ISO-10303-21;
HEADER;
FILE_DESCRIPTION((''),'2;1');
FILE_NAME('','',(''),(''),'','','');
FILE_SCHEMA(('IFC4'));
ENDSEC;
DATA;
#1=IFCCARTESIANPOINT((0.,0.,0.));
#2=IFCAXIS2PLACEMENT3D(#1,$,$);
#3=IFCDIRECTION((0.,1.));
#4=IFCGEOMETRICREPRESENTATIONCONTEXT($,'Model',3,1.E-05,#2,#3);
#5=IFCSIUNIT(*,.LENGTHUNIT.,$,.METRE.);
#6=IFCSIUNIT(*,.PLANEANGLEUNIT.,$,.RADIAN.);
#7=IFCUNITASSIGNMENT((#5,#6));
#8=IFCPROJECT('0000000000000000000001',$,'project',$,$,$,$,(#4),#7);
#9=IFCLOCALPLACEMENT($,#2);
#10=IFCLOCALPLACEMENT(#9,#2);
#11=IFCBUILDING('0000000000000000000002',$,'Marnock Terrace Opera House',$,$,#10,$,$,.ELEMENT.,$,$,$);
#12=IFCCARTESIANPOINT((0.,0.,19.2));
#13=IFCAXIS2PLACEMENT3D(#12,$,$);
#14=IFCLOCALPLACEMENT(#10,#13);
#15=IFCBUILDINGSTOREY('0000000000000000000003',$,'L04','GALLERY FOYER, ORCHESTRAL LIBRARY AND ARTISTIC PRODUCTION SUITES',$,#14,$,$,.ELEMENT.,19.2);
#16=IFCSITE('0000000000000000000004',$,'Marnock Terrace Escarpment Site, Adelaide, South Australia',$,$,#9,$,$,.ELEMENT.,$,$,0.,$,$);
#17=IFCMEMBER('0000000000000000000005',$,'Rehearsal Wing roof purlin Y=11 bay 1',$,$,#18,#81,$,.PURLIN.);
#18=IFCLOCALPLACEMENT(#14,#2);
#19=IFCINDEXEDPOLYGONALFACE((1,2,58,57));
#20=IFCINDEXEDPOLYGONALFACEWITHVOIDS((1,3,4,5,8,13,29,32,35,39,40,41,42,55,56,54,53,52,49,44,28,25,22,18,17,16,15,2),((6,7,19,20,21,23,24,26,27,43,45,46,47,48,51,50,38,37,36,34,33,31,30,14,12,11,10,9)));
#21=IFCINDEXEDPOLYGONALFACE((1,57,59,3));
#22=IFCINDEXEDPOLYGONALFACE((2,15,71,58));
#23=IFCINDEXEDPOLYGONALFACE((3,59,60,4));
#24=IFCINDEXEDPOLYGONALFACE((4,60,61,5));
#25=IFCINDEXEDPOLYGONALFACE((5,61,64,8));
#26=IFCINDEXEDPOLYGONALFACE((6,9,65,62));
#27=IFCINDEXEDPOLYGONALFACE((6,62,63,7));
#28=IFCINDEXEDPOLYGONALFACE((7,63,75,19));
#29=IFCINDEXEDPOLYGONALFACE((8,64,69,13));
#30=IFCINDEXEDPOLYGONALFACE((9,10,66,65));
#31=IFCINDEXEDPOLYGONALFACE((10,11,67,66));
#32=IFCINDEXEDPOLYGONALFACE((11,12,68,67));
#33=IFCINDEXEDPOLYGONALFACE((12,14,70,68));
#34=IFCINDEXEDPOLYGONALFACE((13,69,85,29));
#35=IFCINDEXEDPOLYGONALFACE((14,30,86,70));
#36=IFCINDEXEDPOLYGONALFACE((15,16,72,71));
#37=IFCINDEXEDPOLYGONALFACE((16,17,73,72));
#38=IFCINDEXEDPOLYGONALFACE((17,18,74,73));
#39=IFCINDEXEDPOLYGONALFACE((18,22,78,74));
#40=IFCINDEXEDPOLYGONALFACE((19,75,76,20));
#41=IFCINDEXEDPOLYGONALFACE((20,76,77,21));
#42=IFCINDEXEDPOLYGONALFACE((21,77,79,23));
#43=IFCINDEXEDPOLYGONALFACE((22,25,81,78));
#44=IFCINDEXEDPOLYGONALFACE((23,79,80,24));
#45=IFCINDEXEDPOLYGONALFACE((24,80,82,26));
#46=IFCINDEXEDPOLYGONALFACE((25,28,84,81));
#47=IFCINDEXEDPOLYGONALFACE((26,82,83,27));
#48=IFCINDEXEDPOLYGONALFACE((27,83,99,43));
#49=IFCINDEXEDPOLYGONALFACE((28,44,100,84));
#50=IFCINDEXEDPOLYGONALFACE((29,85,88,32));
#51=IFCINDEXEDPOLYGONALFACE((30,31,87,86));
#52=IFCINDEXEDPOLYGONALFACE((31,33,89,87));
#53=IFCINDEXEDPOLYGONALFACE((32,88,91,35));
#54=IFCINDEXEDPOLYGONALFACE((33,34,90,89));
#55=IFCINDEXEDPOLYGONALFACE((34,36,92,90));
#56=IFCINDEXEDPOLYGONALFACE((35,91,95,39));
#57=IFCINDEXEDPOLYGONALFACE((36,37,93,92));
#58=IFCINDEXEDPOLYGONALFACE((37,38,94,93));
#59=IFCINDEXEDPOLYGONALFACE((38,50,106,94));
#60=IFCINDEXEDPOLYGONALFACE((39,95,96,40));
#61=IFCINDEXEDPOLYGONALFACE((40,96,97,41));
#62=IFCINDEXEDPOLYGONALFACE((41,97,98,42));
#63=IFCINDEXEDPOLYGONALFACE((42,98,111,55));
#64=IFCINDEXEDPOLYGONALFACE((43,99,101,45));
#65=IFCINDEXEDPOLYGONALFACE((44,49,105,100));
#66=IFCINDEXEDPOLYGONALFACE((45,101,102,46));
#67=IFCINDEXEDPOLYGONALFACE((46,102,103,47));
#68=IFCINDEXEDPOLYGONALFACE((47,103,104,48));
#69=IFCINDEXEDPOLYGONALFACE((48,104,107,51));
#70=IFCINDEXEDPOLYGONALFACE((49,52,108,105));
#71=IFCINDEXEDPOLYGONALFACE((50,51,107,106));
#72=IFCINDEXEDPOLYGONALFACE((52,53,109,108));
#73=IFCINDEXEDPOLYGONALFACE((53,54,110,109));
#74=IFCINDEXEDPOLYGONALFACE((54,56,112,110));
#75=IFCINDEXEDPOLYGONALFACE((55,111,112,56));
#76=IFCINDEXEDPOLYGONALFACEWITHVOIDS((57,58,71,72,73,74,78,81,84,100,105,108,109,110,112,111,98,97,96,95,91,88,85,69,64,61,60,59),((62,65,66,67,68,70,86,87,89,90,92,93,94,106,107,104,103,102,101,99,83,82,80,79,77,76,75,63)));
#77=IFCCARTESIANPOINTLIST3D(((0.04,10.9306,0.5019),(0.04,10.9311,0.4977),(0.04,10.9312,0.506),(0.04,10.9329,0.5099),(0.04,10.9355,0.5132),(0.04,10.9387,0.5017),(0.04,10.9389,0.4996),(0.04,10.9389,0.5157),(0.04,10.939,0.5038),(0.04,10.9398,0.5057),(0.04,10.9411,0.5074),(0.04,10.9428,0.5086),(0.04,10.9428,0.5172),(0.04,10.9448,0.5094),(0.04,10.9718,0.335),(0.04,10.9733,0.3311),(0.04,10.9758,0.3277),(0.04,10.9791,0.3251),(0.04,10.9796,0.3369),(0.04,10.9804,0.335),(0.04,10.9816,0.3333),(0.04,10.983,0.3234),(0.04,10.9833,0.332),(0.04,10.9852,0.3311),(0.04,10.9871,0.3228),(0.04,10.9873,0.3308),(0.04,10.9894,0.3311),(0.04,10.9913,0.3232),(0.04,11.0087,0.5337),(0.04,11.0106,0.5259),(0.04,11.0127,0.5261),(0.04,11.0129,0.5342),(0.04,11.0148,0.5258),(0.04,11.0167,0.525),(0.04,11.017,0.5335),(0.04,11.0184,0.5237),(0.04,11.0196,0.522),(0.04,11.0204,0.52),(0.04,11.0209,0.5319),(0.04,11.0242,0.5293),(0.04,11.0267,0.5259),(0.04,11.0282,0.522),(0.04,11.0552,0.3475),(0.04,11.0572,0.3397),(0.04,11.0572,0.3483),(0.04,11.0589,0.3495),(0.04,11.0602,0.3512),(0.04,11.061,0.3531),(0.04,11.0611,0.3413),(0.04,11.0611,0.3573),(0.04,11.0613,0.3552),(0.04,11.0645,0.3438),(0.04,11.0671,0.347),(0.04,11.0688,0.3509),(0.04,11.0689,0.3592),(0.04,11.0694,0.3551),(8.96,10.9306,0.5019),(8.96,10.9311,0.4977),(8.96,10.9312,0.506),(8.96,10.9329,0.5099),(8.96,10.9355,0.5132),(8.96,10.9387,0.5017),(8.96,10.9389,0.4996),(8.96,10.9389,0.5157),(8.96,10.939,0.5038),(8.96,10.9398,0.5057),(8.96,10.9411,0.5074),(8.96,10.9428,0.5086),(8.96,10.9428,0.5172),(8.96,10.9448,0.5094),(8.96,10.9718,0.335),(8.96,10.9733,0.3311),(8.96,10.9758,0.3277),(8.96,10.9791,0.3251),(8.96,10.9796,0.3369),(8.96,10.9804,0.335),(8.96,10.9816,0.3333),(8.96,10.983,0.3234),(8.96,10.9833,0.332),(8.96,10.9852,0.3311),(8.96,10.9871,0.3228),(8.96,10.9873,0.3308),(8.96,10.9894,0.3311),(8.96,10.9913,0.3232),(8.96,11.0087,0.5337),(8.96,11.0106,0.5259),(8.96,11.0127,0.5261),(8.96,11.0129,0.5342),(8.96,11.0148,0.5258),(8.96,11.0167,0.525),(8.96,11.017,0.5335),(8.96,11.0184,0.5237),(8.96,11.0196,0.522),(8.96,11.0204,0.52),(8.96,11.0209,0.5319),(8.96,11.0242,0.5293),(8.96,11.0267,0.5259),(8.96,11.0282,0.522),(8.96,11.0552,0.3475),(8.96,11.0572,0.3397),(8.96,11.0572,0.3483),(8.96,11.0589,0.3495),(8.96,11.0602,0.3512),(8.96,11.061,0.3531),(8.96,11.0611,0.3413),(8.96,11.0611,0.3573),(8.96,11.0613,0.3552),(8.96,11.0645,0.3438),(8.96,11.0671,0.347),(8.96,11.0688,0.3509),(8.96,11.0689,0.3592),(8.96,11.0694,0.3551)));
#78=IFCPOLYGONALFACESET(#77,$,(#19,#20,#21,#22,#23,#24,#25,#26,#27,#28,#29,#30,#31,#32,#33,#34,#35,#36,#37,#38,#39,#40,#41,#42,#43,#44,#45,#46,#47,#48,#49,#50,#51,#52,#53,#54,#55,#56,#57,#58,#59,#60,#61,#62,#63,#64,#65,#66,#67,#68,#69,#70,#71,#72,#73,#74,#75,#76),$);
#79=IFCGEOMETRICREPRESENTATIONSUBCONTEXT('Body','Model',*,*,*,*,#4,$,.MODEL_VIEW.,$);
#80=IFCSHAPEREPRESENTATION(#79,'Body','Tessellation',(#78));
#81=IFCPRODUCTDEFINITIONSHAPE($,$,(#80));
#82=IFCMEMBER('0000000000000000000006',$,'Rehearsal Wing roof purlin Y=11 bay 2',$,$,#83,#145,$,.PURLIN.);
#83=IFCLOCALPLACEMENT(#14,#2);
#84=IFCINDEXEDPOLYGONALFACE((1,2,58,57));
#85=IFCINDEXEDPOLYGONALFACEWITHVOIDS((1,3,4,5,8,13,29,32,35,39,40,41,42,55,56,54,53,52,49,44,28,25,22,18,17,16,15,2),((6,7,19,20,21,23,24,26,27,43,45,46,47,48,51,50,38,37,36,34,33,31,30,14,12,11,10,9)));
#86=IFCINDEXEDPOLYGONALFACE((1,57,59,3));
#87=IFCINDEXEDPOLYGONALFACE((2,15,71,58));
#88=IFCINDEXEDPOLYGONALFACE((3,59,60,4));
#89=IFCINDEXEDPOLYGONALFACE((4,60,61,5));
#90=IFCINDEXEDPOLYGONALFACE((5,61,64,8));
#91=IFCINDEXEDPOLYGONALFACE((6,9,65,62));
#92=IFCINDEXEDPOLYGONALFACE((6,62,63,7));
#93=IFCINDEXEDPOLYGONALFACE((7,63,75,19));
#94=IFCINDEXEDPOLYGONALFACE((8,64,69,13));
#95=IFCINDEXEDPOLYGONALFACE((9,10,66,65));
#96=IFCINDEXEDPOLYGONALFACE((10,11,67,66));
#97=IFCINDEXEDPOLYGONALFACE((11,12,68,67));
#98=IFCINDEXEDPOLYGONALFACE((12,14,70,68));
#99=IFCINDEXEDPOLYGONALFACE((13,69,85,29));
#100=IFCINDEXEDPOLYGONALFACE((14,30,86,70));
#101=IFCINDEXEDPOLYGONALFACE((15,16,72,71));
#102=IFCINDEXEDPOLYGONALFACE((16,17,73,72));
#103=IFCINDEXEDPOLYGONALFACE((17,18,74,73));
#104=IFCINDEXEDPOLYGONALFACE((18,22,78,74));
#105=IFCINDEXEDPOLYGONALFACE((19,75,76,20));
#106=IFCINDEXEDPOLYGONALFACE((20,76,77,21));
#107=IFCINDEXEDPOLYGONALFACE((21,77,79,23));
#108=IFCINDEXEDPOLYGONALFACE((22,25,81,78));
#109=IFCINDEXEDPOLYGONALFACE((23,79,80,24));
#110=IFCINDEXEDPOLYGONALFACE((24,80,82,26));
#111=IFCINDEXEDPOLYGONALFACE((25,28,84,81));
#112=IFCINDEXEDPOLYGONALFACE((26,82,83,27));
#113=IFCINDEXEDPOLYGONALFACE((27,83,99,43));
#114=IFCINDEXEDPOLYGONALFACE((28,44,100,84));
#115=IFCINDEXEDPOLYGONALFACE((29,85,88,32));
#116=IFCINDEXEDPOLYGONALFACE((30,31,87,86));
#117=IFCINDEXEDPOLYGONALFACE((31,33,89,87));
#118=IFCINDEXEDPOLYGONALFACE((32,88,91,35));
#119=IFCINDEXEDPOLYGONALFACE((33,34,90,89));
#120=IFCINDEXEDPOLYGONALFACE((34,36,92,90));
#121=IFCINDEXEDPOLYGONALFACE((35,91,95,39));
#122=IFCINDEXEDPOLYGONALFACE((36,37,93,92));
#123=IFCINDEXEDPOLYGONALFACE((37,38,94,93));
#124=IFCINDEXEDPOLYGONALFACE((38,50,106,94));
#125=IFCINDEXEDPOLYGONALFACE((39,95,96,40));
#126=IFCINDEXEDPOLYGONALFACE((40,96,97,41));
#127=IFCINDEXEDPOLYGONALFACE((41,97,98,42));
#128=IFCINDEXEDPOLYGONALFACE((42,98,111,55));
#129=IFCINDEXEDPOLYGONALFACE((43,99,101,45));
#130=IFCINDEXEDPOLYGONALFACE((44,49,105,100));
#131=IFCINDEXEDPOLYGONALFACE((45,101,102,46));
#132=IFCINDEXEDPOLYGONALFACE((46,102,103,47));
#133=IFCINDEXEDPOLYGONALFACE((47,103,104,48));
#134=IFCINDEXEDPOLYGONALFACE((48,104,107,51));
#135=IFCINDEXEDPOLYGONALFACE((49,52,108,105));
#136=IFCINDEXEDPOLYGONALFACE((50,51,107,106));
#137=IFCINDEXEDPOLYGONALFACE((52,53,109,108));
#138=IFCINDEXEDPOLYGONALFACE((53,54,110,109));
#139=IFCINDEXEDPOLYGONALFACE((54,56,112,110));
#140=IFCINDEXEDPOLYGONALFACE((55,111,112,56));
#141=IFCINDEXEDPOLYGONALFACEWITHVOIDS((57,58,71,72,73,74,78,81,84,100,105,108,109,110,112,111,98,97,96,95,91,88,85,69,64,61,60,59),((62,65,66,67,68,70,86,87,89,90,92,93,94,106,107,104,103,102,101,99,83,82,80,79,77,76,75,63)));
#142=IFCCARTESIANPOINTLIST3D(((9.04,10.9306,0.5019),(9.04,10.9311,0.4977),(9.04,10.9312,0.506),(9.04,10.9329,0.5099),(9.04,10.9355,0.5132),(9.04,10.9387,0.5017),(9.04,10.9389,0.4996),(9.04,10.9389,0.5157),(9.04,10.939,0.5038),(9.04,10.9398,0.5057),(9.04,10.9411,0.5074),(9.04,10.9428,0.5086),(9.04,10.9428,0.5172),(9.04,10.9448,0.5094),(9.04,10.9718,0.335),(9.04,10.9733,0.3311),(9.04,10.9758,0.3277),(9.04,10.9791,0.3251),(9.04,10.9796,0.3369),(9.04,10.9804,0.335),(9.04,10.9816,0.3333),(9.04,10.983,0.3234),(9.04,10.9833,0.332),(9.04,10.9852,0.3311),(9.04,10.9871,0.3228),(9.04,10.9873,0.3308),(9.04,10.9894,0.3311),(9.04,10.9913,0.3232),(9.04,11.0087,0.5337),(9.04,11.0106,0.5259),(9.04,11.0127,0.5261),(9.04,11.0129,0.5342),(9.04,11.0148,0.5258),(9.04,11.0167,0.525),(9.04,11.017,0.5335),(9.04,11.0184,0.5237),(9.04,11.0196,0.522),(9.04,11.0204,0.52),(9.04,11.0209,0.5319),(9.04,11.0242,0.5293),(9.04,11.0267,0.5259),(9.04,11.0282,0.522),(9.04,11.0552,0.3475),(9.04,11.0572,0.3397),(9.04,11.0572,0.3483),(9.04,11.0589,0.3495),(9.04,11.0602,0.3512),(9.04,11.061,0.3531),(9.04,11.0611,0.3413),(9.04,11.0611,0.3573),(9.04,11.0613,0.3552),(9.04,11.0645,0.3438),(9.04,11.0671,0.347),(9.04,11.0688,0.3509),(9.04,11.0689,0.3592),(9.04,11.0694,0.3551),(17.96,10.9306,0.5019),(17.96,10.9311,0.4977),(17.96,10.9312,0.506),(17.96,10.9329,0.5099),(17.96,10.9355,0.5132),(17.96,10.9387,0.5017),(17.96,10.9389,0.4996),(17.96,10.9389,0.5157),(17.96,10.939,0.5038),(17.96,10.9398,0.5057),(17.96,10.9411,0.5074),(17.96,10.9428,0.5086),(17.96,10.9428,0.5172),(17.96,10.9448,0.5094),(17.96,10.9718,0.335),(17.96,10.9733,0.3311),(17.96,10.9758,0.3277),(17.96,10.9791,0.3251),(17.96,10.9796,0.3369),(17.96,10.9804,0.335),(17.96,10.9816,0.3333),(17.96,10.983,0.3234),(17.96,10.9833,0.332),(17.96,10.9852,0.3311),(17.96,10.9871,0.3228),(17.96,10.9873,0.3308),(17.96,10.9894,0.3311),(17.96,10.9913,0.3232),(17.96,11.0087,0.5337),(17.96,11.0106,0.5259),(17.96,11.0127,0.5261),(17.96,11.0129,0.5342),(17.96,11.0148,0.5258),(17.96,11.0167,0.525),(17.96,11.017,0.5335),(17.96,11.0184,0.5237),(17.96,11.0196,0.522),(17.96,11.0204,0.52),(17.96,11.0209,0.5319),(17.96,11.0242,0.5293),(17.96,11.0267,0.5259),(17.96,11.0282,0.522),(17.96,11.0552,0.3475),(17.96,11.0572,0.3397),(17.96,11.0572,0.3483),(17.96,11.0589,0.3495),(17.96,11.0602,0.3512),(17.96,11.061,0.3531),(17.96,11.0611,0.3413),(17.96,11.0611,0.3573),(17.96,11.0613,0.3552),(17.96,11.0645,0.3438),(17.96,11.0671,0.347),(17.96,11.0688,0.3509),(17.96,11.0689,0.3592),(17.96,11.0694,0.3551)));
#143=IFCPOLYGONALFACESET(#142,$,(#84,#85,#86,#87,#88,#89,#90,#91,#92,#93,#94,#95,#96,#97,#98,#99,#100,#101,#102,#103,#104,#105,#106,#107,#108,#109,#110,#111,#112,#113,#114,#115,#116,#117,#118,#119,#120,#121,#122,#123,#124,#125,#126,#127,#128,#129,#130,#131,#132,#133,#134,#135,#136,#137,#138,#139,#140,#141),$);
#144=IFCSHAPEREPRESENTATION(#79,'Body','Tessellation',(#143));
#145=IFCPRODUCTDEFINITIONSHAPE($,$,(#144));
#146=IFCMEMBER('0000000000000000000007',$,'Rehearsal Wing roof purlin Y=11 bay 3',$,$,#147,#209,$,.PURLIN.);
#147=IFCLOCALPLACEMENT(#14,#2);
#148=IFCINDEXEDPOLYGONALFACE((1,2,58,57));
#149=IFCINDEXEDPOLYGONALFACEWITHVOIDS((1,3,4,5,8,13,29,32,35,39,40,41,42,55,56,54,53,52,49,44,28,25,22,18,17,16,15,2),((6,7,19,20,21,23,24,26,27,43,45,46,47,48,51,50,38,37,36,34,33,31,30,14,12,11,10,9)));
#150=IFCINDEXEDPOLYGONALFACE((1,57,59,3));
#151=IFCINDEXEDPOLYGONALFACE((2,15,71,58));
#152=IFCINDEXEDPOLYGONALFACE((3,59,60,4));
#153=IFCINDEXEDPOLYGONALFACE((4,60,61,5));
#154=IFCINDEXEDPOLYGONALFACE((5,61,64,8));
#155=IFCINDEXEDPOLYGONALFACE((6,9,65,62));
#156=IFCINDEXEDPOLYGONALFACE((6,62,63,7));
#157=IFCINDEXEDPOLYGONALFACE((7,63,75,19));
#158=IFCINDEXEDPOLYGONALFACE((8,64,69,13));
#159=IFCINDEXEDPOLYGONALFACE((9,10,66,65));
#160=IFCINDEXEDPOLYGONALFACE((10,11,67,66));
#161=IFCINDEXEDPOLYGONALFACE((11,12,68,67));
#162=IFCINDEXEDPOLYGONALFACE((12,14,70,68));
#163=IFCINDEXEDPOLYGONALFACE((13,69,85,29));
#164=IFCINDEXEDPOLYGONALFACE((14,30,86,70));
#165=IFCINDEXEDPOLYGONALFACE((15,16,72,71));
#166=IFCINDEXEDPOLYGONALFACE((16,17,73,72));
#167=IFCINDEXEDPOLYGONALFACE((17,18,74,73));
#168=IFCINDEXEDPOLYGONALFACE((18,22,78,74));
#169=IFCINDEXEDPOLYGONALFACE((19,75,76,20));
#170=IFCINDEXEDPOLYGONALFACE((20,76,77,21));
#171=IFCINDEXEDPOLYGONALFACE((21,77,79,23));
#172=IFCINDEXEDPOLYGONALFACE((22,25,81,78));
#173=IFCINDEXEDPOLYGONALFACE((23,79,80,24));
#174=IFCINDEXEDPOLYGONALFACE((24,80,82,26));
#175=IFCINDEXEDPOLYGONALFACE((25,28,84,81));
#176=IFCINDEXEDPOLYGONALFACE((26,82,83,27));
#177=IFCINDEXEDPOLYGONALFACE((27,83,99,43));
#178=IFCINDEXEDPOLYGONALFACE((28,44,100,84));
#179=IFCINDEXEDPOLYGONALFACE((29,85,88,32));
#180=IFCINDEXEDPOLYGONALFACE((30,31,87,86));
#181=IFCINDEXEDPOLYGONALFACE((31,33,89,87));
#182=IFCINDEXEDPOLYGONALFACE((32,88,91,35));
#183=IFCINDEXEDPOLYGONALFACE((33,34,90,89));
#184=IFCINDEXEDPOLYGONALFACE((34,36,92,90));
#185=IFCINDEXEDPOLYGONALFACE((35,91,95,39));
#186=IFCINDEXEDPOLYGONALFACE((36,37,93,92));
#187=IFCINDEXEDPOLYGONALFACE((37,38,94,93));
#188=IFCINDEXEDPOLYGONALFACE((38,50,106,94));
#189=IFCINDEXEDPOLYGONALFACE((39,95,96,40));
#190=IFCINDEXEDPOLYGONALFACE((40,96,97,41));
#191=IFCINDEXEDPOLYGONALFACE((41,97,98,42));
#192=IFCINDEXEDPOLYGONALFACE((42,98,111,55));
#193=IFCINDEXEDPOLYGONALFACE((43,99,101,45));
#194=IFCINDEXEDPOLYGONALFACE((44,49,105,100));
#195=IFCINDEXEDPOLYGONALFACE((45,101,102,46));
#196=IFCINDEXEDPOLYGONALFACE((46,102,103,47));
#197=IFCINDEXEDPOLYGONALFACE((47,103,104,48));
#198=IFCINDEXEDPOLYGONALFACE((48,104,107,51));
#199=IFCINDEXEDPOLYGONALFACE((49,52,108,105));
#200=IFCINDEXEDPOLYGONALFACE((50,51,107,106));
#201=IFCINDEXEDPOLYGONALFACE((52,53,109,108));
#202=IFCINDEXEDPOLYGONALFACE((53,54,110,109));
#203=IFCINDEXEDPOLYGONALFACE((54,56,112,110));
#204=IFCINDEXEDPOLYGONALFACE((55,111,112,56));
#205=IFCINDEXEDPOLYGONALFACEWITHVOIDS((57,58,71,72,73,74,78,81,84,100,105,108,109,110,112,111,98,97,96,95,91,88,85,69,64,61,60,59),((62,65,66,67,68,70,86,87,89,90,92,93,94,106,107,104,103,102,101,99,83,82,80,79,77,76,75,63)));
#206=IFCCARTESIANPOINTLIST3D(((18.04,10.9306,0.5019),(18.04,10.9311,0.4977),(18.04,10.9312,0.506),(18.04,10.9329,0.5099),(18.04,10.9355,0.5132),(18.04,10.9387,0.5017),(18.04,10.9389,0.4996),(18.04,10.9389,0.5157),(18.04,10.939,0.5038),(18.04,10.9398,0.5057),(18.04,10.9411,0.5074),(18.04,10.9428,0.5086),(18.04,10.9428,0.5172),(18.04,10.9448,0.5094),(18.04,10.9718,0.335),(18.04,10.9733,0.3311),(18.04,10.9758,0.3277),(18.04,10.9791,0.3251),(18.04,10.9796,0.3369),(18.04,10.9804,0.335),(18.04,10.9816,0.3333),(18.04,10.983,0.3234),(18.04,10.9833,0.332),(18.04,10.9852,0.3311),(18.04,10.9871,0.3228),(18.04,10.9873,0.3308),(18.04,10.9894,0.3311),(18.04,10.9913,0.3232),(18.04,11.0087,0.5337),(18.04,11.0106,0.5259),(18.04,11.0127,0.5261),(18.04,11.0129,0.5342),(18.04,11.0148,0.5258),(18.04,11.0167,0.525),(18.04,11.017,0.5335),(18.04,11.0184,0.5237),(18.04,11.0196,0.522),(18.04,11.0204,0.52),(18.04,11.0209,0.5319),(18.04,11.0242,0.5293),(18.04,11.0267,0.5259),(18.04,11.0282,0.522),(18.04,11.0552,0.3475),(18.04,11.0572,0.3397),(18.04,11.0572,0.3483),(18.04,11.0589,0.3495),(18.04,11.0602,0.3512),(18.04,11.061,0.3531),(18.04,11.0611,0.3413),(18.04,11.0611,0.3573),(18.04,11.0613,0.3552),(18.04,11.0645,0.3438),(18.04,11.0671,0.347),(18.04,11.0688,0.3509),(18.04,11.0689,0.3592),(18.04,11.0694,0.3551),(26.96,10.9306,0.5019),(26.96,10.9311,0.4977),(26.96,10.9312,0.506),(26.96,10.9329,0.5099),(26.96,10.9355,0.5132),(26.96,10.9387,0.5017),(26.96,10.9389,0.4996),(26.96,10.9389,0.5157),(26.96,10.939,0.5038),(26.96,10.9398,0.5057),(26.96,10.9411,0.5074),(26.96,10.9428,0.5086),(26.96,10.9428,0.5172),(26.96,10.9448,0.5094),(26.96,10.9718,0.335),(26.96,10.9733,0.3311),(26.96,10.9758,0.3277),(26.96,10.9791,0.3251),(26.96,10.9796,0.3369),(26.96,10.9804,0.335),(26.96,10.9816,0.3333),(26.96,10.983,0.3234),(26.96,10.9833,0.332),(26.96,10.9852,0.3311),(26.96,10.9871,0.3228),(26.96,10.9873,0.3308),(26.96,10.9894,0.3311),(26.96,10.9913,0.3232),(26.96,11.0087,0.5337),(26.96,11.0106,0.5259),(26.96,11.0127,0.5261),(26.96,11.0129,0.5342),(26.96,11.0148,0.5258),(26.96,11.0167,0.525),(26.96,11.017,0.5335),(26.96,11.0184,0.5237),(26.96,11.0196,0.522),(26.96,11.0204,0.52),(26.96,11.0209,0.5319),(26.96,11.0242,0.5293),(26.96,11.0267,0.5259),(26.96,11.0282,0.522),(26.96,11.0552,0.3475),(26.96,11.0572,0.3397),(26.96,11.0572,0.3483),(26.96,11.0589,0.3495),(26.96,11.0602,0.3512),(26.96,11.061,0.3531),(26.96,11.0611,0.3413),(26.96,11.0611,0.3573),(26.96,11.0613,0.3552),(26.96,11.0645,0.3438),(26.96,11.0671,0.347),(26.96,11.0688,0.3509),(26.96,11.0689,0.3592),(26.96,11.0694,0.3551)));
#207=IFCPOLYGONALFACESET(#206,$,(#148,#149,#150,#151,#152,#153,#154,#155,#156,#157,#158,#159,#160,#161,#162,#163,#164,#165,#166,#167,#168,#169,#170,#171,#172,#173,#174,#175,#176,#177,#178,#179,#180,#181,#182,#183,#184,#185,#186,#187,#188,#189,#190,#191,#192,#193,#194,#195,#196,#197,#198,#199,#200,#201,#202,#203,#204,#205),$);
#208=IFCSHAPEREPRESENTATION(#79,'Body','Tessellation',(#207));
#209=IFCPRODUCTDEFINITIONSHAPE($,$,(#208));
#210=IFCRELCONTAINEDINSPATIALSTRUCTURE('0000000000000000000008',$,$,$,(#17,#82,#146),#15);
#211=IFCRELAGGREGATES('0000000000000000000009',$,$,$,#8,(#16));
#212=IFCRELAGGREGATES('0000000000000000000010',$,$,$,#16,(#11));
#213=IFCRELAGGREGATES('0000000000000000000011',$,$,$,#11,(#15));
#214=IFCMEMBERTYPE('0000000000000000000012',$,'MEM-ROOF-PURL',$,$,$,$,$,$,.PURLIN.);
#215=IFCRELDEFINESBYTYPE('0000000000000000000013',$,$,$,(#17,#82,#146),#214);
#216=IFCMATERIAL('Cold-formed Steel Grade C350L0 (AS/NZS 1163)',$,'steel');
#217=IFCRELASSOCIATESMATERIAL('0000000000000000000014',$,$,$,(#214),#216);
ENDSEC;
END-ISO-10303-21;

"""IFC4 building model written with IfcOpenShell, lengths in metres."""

from ifc_helpers import new_model, si_unit, direction, frame, origin, origin_2d, place, context, subcontext, project, spatial, hollow_rectangle, extrude, material, material_profile, profile_set, type_object, element, save


model = new_model("IFC4")

# Units and contexts
model_context = context("Model", 3, precision=1e-05, world=origin(), true_north=direction((0.0, 1.0)))
body_context = subcontext(model_context, "Body", "Model", "MODEL_VIEW")
ifc_project = project(units=[si_unit("LENGTHUNIT", "METRE"), si_unit("PLANEANGLEUNIT", "RADIAN")], contexts=[model_context])

# Site, building, storey
site_placement = place(None, origin())
site = spatial("IfcSite", under=ifc_project, at=site_placement, Name="Marnock Terrace Escarpment Site, Adelaide, South Australia", CompositionType="ELEMENT", RefElevation=0.0)
building_placement = place(site_placement, origin())
building = spatial("IfcBuilding", under=site, at=building_placement, Name="Marnock Terrace Opera House", CompositionType="ELEMENT")
storey_placement = place(building_placement, frame((0.0, 0.0, 19.2)))
storey = spatial("IfcBuildingStorey", under=building, at=storey_placement, Name="L04", Description="GALLERY FOYER, ORCHESTRAL LIBRARY AND ARTISTIC PRODUCTION SUITES", CompositionType="ELEMENT", Elevation=19.2)

# Members
ifc_material_1 = material(Name="Cold-formed Steel Grade C350L0 (AS/NZS 1163)", Category="steel")
ifc_material_profile_1 = material_profile(ifc_material_1, hollow_rectangle(XDim=0.1001, YDim=0.2, WallThickness=0.0081, InnerFilletRadius=0.0081, OuterFilletRadius=0.0161, at=origin_2d()))
ifc_profile_set_1 = profile_set([ifc_material_profile_1], Name="Cold-formed Steel Grade C350L0 (AS/NZS 1163)")
member_type_1 = type_object("IfcMemberType", Name="MEM-ROOF-PURL", PredefinedType="PURLIN", material=ifc_profile_set_1)
for number, where, z_axis, x_axis, name in (
    (1, (0.04, 11.0, 0.4285), (1.0, 0.0, 0.0), (0.0, 0.970143, 0.242535), "Rehearsal Wing roof purlin Y=11 bay 1"),
    (2, (9.04, 11.0, 0.4285), (1.0, 0.0, 0.0), (0.0, 0.970143, 0.242535), "Rehearsal Wing roof purlin Y=11 bay 2"),
    (3, (18.04, 11.0, 0.4285), (1.0, 0.0, 0.0), (0.0, 0.970143, 0.242535), "Rehearsal Wing roof purlin Y=11 bay 3"),
):
    element("IfcMember", number, at=place(storey_placement, frame(where, z_axis=z_axis, x_axis=x_axis)), inside=storey, type_object=member_type_1, Name=name, PredefinedType="PURLIN", context=body_context, shape_type="SweptSolid", body=[
        extrude(hollow_rectangle(XDim=0.1001, YDim=0.2, WallThickness=0.0081, InnerFilletRadius=0.0081, OuterFilletRadius=0.0161, at=origin_2d()), origin(), (0.0, 0.0, 1.0), 8.9199),
    ])

save(model, "model.ifc")
